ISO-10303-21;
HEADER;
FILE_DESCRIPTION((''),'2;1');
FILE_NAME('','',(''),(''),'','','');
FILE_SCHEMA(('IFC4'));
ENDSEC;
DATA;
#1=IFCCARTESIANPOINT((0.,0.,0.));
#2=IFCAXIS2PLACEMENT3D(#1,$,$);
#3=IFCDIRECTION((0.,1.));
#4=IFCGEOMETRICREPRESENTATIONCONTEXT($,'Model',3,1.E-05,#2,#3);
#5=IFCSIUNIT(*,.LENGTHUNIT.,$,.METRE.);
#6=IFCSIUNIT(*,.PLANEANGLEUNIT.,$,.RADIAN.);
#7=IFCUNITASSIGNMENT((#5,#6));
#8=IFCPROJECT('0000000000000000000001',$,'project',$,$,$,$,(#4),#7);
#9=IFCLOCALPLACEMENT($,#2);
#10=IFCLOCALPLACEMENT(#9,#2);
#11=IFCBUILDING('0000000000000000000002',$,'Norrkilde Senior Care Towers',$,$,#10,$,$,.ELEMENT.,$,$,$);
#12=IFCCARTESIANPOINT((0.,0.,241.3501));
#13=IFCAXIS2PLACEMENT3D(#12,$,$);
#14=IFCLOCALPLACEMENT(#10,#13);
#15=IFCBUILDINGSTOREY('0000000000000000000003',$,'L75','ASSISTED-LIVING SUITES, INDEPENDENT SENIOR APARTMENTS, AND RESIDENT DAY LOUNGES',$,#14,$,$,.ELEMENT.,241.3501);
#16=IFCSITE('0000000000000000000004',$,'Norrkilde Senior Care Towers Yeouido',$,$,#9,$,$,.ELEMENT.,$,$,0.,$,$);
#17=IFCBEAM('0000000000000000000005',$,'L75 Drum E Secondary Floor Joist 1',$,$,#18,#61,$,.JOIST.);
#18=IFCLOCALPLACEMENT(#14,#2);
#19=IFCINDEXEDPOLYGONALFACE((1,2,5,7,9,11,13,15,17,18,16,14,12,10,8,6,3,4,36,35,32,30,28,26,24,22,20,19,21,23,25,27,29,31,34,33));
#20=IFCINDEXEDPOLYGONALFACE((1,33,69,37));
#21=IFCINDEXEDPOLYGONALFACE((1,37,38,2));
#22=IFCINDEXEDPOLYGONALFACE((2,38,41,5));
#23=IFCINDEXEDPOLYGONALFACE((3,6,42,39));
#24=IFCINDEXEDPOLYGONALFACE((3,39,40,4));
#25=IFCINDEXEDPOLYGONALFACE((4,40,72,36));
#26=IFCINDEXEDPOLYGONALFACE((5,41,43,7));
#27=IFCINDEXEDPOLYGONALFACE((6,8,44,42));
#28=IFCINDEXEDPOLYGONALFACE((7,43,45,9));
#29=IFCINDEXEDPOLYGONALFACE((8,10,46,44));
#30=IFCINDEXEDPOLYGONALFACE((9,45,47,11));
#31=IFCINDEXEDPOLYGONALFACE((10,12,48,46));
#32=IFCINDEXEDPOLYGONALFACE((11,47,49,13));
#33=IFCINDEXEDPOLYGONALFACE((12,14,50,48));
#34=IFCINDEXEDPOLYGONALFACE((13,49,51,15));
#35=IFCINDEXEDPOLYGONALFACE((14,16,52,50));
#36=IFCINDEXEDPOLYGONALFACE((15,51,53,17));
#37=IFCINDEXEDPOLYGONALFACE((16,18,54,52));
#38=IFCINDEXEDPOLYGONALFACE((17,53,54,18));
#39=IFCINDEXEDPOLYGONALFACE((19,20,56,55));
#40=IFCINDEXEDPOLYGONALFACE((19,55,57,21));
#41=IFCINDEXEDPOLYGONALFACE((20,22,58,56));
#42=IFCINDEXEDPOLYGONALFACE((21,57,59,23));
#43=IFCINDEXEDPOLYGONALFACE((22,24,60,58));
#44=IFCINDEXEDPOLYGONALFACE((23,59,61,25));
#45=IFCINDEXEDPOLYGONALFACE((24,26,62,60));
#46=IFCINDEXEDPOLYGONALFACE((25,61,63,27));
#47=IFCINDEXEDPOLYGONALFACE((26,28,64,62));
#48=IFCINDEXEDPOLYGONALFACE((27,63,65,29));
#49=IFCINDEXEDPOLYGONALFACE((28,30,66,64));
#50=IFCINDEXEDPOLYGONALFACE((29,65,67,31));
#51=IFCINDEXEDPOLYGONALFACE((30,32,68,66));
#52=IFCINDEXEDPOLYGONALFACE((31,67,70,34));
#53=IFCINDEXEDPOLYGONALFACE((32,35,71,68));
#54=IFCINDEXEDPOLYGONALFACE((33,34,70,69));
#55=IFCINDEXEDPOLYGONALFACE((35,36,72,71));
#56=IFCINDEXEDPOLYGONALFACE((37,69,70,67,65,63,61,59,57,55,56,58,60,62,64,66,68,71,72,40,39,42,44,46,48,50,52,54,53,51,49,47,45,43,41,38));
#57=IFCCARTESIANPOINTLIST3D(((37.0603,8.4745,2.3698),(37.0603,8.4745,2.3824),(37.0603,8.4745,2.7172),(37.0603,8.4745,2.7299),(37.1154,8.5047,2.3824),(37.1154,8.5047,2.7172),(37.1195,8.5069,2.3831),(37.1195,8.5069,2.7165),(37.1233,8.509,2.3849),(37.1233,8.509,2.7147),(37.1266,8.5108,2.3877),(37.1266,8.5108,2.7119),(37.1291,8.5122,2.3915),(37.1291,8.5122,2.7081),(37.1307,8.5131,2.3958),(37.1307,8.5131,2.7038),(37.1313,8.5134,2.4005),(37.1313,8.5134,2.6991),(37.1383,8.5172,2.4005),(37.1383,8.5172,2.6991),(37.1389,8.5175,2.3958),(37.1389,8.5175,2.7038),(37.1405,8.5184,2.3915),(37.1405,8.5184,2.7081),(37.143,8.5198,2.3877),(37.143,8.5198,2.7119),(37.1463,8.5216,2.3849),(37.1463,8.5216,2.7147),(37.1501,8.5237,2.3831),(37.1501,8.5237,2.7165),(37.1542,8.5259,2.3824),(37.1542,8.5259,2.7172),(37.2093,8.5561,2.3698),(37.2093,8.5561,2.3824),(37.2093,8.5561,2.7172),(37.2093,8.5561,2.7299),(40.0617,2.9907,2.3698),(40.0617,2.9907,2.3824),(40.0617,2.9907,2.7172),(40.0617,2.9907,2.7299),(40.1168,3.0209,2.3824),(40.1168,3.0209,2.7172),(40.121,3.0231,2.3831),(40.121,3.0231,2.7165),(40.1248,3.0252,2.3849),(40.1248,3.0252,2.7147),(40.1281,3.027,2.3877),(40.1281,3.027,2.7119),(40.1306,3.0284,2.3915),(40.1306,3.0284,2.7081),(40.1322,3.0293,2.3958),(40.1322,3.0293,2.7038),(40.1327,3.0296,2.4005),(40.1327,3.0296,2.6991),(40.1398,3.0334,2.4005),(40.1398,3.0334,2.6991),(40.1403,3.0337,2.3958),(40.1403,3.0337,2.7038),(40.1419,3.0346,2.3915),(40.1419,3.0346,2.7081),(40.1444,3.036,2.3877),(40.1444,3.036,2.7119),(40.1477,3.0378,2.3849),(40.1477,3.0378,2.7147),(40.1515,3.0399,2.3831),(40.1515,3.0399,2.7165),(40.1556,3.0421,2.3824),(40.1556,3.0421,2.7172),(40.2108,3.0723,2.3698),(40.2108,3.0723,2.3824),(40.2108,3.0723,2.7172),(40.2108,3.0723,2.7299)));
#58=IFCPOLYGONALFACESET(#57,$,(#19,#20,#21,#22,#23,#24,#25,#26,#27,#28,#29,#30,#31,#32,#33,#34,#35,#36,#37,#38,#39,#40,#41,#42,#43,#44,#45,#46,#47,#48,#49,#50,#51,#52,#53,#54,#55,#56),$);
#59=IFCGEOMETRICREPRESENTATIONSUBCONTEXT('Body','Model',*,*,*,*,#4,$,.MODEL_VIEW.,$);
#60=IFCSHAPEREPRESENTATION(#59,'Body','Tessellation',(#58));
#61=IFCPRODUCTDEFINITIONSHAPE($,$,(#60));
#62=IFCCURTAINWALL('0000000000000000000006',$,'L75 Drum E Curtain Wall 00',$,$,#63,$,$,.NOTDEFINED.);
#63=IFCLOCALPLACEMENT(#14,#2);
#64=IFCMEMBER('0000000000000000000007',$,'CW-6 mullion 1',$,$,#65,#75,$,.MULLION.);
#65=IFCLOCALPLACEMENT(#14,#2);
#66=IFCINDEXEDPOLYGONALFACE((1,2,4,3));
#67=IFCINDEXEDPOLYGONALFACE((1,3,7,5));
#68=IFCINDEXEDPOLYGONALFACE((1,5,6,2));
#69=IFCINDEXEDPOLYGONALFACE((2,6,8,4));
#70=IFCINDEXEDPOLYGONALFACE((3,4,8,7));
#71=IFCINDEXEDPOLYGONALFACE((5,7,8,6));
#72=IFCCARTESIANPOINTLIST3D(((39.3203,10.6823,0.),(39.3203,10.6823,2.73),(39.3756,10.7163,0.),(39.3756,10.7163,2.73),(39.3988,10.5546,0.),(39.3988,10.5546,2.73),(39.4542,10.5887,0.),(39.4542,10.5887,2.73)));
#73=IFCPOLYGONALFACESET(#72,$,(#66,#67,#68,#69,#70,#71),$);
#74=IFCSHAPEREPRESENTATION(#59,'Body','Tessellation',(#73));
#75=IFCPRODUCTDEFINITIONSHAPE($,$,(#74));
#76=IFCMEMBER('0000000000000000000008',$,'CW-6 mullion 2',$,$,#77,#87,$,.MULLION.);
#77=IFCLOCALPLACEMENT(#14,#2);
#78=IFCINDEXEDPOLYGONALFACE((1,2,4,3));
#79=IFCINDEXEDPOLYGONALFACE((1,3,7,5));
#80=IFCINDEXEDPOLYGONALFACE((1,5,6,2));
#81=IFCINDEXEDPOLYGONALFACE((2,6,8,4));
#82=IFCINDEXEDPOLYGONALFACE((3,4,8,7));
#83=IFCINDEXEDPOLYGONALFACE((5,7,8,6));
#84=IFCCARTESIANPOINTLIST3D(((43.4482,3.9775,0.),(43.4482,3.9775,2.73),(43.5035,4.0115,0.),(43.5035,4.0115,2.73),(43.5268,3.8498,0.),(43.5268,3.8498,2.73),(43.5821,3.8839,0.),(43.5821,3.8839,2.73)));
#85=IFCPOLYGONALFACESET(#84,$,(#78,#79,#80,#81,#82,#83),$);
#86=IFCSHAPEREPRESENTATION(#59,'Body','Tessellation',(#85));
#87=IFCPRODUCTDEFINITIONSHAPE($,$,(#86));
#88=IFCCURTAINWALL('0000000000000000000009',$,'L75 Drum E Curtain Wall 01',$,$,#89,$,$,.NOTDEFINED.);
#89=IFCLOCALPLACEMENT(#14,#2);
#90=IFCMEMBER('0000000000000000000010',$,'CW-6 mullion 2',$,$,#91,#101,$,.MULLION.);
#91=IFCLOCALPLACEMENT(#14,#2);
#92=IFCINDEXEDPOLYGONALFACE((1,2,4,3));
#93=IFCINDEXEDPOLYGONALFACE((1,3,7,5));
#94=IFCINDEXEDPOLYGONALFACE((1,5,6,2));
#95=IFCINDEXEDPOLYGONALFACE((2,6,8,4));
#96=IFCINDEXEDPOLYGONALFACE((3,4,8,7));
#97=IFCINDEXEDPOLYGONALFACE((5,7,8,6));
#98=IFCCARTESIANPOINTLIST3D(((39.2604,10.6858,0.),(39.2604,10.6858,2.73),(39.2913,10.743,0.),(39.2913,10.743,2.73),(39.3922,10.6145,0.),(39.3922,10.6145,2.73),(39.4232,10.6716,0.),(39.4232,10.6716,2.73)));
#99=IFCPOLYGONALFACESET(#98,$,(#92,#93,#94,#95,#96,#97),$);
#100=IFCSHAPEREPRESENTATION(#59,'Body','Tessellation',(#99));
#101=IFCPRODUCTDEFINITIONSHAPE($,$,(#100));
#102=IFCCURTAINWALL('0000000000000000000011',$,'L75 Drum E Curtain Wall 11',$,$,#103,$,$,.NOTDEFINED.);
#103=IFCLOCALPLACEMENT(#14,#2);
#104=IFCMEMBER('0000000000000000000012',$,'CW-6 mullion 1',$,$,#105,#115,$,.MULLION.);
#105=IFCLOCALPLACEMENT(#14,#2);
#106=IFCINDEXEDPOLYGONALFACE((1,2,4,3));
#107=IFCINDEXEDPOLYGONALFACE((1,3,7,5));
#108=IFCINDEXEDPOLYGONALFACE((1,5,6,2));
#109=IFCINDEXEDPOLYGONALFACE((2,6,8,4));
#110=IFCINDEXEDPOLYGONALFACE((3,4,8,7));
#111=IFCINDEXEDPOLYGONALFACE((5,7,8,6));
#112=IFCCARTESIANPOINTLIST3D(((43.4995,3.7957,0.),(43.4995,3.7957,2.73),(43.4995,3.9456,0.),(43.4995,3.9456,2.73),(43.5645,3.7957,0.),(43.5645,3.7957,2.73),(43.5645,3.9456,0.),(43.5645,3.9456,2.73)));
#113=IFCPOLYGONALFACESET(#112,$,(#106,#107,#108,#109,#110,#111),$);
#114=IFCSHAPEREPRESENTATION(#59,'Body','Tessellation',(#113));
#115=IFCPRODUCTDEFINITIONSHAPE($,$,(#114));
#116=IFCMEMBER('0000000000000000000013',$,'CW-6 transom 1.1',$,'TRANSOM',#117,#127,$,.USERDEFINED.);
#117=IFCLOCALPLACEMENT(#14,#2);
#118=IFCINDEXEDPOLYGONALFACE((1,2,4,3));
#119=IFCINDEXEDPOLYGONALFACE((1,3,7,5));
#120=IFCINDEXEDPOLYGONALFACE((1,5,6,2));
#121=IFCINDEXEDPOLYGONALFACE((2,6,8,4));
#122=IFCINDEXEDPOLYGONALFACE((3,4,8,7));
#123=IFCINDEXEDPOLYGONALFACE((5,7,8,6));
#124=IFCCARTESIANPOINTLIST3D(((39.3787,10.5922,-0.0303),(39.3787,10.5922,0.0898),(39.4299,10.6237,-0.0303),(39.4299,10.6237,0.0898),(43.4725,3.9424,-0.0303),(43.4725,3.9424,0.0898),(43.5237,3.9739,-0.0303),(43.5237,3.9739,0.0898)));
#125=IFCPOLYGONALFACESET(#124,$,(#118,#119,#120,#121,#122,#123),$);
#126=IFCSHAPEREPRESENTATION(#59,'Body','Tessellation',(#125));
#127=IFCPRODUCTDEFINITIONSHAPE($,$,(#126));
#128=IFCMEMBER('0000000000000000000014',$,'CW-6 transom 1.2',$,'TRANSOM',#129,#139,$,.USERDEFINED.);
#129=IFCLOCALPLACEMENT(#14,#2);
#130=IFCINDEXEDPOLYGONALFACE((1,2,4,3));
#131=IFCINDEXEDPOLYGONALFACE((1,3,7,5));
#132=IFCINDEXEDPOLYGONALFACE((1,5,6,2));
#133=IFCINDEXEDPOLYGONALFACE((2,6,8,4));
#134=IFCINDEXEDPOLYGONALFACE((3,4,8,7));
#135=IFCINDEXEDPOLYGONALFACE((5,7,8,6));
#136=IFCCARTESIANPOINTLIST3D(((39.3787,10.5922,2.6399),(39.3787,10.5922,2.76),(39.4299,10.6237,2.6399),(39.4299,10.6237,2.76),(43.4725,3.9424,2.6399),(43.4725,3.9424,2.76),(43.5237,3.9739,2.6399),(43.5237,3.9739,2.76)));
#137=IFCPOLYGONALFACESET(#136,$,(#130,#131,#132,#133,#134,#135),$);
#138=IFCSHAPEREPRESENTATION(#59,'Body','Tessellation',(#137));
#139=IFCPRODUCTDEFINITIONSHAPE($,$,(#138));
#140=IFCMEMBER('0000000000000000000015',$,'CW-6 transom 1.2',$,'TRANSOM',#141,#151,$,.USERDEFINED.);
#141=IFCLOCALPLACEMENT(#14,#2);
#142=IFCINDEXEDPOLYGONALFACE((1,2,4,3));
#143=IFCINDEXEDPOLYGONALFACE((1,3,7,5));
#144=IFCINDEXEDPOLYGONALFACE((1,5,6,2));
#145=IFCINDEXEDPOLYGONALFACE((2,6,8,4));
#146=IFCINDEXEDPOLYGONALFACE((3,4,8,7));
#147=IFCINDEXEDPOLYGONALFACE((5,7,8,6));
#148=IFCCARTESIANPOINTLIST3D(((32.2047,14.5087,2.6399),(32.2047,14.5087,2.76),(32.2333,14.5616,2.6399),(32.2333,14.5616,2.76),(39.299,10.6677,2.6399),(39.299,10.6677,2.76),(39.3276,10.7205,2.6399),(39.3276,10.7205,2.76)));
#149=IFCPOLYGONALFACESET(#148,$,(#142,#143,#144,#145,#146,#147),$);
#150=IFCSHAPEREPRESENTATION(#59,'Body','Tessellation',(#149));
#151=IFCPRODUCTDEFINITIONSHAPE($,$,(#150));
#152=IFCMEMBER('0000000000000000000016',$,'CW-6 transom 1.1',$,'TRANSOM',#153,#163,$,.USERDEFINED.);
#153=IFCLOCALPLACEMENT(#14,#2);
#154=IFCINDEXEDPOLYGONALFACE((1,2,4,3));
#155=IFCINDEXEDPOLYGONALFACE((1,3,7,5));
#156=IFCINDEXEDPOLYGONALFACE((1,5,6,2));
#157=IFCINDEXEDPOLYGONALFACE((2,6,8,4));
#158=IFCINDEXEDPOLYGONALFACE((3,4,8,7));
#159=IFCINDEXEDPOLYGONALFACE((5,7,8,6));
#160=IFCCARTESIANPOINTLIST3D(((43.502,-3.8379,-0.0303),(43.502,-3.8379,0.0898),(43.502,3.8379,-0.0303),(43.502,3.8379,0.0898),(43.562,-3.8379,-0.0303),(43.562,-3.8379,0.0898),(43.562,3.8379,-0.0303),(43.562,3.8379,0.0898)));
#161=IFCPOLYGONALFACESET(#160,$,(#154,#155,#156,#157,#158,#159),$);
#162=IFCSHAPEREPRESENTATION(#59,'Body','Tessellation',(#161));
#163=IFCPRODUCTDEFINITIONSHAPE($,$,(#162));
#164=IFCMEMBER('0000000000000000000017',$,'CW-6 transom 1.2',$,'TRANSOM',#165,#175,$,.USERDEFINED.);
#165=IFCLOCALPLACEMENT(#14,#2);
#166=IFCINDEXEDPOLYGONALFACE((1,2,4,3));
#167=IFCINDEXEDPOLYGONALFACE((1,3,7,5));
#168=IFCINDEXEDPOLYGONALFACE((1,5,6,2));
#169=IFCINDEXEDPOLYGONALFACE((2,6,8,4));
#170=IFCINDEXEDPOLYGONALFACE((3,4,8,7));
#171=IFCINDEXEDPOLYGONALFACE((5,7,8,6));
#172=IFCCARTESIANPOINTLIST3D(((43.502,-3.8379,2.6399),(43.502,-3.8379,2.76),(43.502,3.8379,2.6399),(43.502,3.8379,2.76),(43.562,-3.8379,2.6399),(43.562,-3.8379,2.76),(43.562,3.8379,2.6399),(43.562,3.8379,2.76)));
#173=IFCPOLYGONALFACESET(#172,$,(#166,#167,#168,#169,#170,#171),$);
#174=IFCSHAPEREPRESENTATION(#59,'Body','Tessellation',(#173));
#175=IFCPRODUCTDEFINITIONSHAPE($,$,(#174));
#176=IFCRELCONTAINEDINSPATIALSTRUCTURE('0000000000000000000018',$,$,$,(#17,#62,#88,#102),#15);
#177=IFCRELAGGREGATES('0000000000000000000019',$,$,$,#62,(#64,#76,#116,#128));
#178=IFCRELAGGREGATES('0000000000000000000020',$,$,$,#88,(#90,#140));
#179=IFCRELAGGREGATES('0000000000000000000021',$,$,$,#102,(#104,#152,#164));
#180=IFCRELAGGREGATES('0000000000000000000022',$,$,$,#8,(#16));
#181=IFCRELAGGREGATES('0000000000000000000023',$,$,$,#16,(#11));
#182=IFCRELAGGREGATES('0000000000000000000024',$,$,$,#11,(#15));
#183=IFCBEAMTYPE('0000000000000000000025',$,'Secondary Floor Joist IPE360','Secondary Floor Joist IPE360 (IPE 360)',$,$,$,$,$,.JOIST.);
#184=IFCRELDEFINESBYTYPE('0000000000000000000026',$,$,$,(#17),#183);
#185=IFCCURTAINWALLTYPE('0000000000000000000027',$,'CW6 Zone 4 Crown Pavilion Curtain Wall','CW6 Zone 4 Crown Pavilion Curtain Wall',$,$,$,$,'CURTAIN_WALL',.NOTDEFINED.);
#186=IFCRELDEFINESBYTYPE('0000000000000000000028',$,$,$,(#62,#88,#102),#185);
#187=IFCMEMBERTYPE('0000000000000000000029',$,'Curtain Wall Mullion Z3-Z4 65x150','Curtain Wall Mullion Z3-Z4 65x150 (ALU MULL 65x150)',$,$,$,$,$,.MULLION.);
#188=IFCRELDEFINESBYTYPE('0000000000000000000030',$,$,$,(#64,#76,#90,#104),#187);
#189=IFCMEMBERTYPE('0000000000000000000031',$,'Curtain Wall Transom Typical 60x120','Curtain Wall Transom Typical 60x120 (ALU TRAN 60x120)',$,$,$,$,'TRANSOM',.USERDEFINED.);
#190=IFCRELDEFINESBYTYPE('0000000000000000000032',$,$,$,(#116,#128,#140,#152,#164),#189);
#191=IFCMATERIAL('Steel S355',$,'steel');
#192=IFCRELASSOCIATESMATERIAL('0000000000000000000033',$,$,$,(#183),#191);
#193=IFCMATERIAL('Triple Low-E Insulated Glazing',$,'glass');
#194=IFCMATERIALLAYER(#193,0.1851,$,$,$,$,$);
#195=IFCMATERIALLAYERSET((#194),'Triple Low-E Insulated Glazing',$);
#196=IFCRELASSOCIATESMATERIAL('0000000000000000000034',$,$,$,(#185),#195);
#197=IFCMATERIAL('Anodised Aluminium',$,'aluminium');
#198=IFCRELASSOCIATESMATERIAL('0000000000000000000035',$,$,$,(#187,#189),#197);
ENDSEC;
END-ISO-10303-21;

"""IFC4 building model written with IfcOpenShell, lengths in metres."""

from ifc_helpers import new_model, si_unit, direction, frame, origin, origin_2d, place, context, subcontext, project, spatial, rectangle, i_section, extrude, source, transform, mapped, material, layer, layer_set, material_profile, profile_set, type_object, type_shapes, element, aggregate, save


model = new_model("IFC4")

# Units and contexts
model_context = context("Model", 3, precision=1e-05, world=origin(), true_north=direction((0.0, 1.0)))
body_context = subcontext(model_context, "Body", "Model", "MODEL_VIEW")
ifc_project = project(units=[si_unit("LENGTHUNIT", "METRE"), si_unit("PLANEANGLEUNIT", "RADIAN")], contexts=[model_context])

# Site, building, storey
site_placement = place(None, origin())
site = spatial("IfcSite", under=ifc_project, at=site_placement, Name="Norrkilde Senior Care Towers Yeouido", CompositionType="ELEMENT", RefElevation=0.0)
building_placement = place(site_placement, origin())
building = spatial("IfcBuilding", under=site, at=building_placement, Name="Norrkilde Senior Care Towers", CompositionType="ELEMENT")
storey_placement = place(building_placement, frame((0.0, 0.0, 241.3501)))
storey = spatial("IfcBuildingStorey", under=building, at=storey_placement, Name="L75", Description="ASSISTED-LIVING SUITES, INDEPENDENT SENIOR APARTMENTS, AND RESIDENT DAY LOUNGES", CompositionType="ELEMENT", Elevation=241.3501)

# Beam
ifc_material_1 = material(Name="Steel S355", Category="steel")
ifc_material_profile_1 = material_profile(ifc_material_1, i_section(OverallWidth=0.1699, OverallDepth=0.3601, WebThickness=0.0081, FlangeThickness=0.0127, FilletRadius=0.0181, at=origin_2d()), Name="IPE 360")
ifc_profile_set_1 = profile_set([ifc_material_profile_1], Name="Steel S355")
beam_type_1 = type_object("IfcBeamType", Name="Secondary Floor Joist IPE360", Description="Secondary Floor Joist IPE360 (IPE 360)", PredefinedType="JOIST", material=ifc_profile_set_1)
shared_shape_1 = source(origin(), body_context, "Body", "SweptSolid", [
    extrude(i_section(OverallWidth=0.1699, OverallDepth=0.3601, WebThickness=0.0081, FlangeThickness=0.0127, FilletRadius=0.0181, at=origin_2d()), origin(), (0.0, 0.0, 1.0), 6.2515),
])
type_shapes(beam_type_1, [shared_shape_1])
beam_1_placement = place(storey_placement, frame((40.1362, 3.0315, 2.5498), z_axis=(-0.480116, 0.877205, 0.0), x_axis=(-0.877205, -0.480116, 0.0)))
element("IfcBeam", 1, at=beam_1_placement, inside=storey, type_object=beam_type_1, Name="L75 Drum E Secondary Floor Joist 1", PredefinedType="JOIST", context=body_context, shape_type="MappedRepresentation", body=[
    mapped(shared_shape_1, transform((0.0, 0.0, 0.0), x_axis=(1.0, 0.0, 0.0), y_axis=(0.0, 1.0, 0.0), z_axis=(0.0, 0.0, 1.0), scale=1.0)),
])

# Curtain wall, members
ifc_material_2 = material(Name="Triple Low-E Insulated Glazing", Category="glass")
ifc_layer_1 = layer(ifc_material_2, 0.1851)
ifc_layer_set_1 = layer_set([ifc_layer_1], Name="Triple Low-E Insulated Glazing")
curtain_wall_type = type_object("IfcCurtainWallType", Name="CW6 Zone 4 Crown Pavilion Curtain Wall", Description="CW6 Zone 4 Crown Pavilion Curtain Wall", ElementType="CURTAIN_WALL", PredefinedType="NOTDEFINED", material=ifc_layer_set_1)
curtain_wall_1_placement = place(storey_placement, origin())
curtain_wall_1 = element("IfcCurtainWall", 2, at=curtain_wall_1_placement, inside=storey, type_object=curtain_wall_type, Name="L75 Drum E Curtain Wall 00", PredefinedType="NOTDEFINED")
ifc_material_3 = material(Name="Anodised Aluminium", Category="aluminium")
ifc_material_profile_2 = material_profile(ifc_material_3, rectangle(XDim=0.0649, YDim=0.1499, at=origin_2d()), Name="ALU MULL 65x150")
ifc_profile_set_2 = profile_set([ifc_material_profile_2], Name="Anodised Aluminium")
member_type_1 = type_object("IfcMemberType", Name="Curtain Wall Mullion Z3-Z4 65x150", Description="Curtain Wall Mullion Z3-Z4 65x150 (ALU MULL 65x150)", PredefinedType="MULLION", material=ifc_profile_set_2)
shared_shape_2 = source(origin(), body_context, "Body", "SweptSolid", [
    extrude(rectangle(XDim=0.0649, YDim=0.1499, at=origin_2d()), origin(), (0.0, 0.0, 1.0), 2.73),
])
type_shapes(member_type_1, [shared_shape_2])
member_1_placement = place(storey_placement, frame((39.3872, 10.6355, 0.0), z_axis=(0.0, 0.0, 1.0), x_axis=(0.851563, 0.524253, 0.0)))
member_1 = element("IfcMember", 3, at=member_1_placement, type_object=member_type_1, Name="CW-6 mullion 1", PredefinedType="MULLION", context=body_context, shape_type="MappedRepresentation", body=[
    mapped(shared_shape_2, transform((0.0, 0.0, 0.0), x_axis=(1.0, 0.0, 0.0), y_axis=(0.0, 1.0, 0.0), z_axis=(0.0, 0.0, 1.0), scale=1.0)),
])
member_2_placement = place(storey_placement, frame((43.5151, 3.9307, 0.0), z_axis=(0.0, 0.0, 1.0), x_axis=(0.851563, 0.524253, 0.0)))
member_2 = element("IfcMember", 4, at=member_2_placement, type_object=member_type_1, Name="CW-6 mullion 2", PredefinedType="MULLION", context=body_context, shape_type="MappedRepresentation", body=[
    mapped(shared_shape_2, transform((0.0, 0.0, 0.0), x_axis=(1.0, 0.0, 0.0), y_axis=(0.0, 1.0, 0.0), z_axis=(0.0, 0.0, 1.0), scale=1.0)),
])

# Curtain walls, members
curtain_wall_2_placement = place(storey_placement, origin())
curtain_wall_2 = element("IfcCurtainWall", 5, at=curtain_wall_2_placement, inside=storey, type_object=curtain_wall_type, Name="L75 Drum E Curtain Wall 01", PredefinedType="NOTDEFINED")
member_3_placement = place(storey_placement, frame((39.3418, 10.6787, 0.0), z_axis=(0.0, 0.0, 1.0), x_axis=(0.476133, 0.879373, 0.0)))
member_3 = element("IfcMember", 6, at=member_3_placement, type_object=member_type_1, Name="CW-6 mullion 2", PredefinedType="MULLION", context=body_context, shape_type="MappedRepresentation", body=[
    mapped(shared_shape_2, transform((0.0, 0.0, 0.0), x_axis=(1.0, 0.0, 0.0), y_axis=(0.0, 1.0, 0.0), z_axis=(0.0, 0.0, 1.0), scale=1.0)),
])
curtain_wall_3_placement = place(storey_placement, origin())
curtain_wall_3 = element("IfcCurtainWall", 7, at=curtain_wall_3_placement, inside=storey, type_object=curtain_wall_type, Name="L75 Drum E Curtain Wall 11", PredefinedType="NOTDEFINED")
member_4_placement = place(storey_placement, frame((43.532, 3.8706, 0.0), z_axis=(0.0, 0.0, 1.0), x_axis=(1.0, 0.0, 0.0)))
member_4 = element("IfcMember", 8, at=member_4_placement, type_object=member_type_1, Name="CW-6 mullion 1", PredefinedType="MULLION", context=body_context, shape_type="MappedRepresentation", body=[
    mapped(shared_shape_2, transform((0.0, 0.0, 0.0), x_axis=(1.0, 0.0, 0.0), y_axis=(0.0, 1.0, 0.0), z_axis=(0.0, 0.0, 1.0), scale=1.0)),
])

# Members
ifc_material_profile_3 = material_profile(ifc_material_3, rectangle(XDim=0.0601, YDim=0.1201, at=origin_2d()), Name="ALU TRAN 60x120")
ifc_profile_set_3 = profile_set([ifc_material_profile_3], Name="Anodised Aluminium")
member_type_2 = type_object("IfcMemberType", Name="Curtain Wall Transom Typical 60x120", Description="Curtain Wall Transom Typical 60x120 (ALU TRAN 60x120)", ElementType="TRANSOM", PredefinedType="USERDEFINED", material=ifc_profile_set_3)
shared_shape_3 = source(origin(), body_context, "Body", "SweptSolid", [
    extrude(rectangle(XDim=0.0601, YDim=0.1201, at=origin_2d()), origin(), (0.0, 0.0, 1.0), 7.8088),
])
member_5_placement = place(storey_placement, frame((39.4043, 10.6079, 0.0298), z_axis=(0.524251, -0.851564, 0.0), x_axis=(0.851564, 0.524251, 0.0)))
member_5 = element("IfcMember", 9, at=member_5_placement, type_object=member_type_2, Name="CW-6 transom 1.1", ObjectType="TRANSOM", PredefinedType="USERDEFINED", context=body_context, shape_type="MappedRepresentation", body=[
    mapped(shared_shape_3, transform((0.0, 0.0, 0.0), x_axis=(1.0, 0.0, 0.0), y_axis=(0.0, 1.0, 0.0), z_axis=(0.0, 0.0, 1.0), scale=1.0)),
])
member_6_placement = place(storey_placement, frame((39.4043, 10.6079, 2.7), z_axis=(0.524251, -0.851564, 0.0), x_axis=(0.851564, 0.524251, 0.0)))
member_6 = element("IfcMember", 10, at=member_6_placement, type_object=member_type_2, Name="CW-6 transom 1.2", ObjectType="TRANSOM", PredefinedType="USERDEFINED", context=body_context, shape_type="MappedRepresentation", body=[
    mapped(shared_shape_3, transform((0.0, 0.0, 0.0), x_axis=(1.0, 0.0, 0.0), y_axis=(0.0, 1.0, 0.0), z_axis=(0.0, 0.0, 1.0), scale=1.0)),
])
shared_shape_4 = source(origin(), body_context, "Body", "SweptSolid", [
    extrude(rectangle(XDim=0.0601, YDim=0.1201, at=origin_2d()), origin(), (0.0, 0.0, 1.0), 8.0674),
])
member_7_placement = place(storey_placement, frame((32.219, 14.5352, 2.7), z_axis=(0.879378, -0.476125, 0.0), x_axis=(0.476125, 0.879378, 0.0)))
member_7 = element("IfcMember", 11, at=member_7_placement, type_object=member_type_2, Name="CW-6 transom 1.2", ObjectType="TRANSOM", PredefinedType="USERDEFINED", context=body_context, shape_type="MappedRepresentation", body=[
    mapped(shared_shape_4, transform((0.0, 0.0, 0.0), x_axis=(1.0, 0.0, 0.0), y_axis=(0.0, 1.0, 0.0), z_axis=(0.0, 0.0, 1.0), scale=1.0)),
])
shared_shape_5 = source(origin(), body_context, "Body", "SweptSolid", [
    extrude(rectangle(XDim=0.0601, YDim=0.1201, at=origin_2d()), origin(), (0.0, 0.0, 1.0), 7.6758),
])
type_shapes(member_type_2, [shared_shape_3, shared_shape_4, shared_shape_5])
member_8_placement = place(storey_placement, frame((43.532, 3.8379, 0.0298), z_axis=(0.0, -1.0, 0.0), x_axis=(1.0, 0.0, 0.0)))
member_8 = element("IfcMember", 12, at=member_8_placement, type_object=member_type_2, Name="CW-6 transom 1.1", ObjectType="TRANSOM", PredefinedType="USERDEFINED", context=body_context, shape_type="MappedRepresentation", body=[
    mapped(shared_shape_5, transform((0.0, 0.0, 0.0), x_axis=(1.0, 0.0, 0.0), y_axis=(0.0, 1.0, 0.0), z_axis=(0.0, 0.0, 1.0), scale=1.0)),
])
member_9_placement = place(storey_placement, frame((43.532, 3.8379, 2.7), z_axis=(0.0, -1.0, 0.0), x_axis=(1.0, 0.0, 0.0)))
member_9 = element("IfcMember", 13, at=member_9_placement, type_object=member_type_2, Name="CW-6 transom 1.2", ObjectType="TRANSOM", PredefinedType="USERDEFINED", context=body_context, shape_type="MappedRepresentation", body=[
    mapped(shared_shape_5, transform((0.0, 0.0, 0.0), x_axis=(1.0, 0.0, 0.0), y_axis=(0.0, 1.0, 0.0), z_axis=(0.0, 0.0, 1.0), scale=1.0)),
])

aggregate(curtain_wall_1, [member_1, member_2, member_5, member_6])
aggregate(curtain_wall_2, [member_3, member_7])
aggregate(curtain_wall_3, [member_4, member_8, member_9])

save(model, "model.ifc")
